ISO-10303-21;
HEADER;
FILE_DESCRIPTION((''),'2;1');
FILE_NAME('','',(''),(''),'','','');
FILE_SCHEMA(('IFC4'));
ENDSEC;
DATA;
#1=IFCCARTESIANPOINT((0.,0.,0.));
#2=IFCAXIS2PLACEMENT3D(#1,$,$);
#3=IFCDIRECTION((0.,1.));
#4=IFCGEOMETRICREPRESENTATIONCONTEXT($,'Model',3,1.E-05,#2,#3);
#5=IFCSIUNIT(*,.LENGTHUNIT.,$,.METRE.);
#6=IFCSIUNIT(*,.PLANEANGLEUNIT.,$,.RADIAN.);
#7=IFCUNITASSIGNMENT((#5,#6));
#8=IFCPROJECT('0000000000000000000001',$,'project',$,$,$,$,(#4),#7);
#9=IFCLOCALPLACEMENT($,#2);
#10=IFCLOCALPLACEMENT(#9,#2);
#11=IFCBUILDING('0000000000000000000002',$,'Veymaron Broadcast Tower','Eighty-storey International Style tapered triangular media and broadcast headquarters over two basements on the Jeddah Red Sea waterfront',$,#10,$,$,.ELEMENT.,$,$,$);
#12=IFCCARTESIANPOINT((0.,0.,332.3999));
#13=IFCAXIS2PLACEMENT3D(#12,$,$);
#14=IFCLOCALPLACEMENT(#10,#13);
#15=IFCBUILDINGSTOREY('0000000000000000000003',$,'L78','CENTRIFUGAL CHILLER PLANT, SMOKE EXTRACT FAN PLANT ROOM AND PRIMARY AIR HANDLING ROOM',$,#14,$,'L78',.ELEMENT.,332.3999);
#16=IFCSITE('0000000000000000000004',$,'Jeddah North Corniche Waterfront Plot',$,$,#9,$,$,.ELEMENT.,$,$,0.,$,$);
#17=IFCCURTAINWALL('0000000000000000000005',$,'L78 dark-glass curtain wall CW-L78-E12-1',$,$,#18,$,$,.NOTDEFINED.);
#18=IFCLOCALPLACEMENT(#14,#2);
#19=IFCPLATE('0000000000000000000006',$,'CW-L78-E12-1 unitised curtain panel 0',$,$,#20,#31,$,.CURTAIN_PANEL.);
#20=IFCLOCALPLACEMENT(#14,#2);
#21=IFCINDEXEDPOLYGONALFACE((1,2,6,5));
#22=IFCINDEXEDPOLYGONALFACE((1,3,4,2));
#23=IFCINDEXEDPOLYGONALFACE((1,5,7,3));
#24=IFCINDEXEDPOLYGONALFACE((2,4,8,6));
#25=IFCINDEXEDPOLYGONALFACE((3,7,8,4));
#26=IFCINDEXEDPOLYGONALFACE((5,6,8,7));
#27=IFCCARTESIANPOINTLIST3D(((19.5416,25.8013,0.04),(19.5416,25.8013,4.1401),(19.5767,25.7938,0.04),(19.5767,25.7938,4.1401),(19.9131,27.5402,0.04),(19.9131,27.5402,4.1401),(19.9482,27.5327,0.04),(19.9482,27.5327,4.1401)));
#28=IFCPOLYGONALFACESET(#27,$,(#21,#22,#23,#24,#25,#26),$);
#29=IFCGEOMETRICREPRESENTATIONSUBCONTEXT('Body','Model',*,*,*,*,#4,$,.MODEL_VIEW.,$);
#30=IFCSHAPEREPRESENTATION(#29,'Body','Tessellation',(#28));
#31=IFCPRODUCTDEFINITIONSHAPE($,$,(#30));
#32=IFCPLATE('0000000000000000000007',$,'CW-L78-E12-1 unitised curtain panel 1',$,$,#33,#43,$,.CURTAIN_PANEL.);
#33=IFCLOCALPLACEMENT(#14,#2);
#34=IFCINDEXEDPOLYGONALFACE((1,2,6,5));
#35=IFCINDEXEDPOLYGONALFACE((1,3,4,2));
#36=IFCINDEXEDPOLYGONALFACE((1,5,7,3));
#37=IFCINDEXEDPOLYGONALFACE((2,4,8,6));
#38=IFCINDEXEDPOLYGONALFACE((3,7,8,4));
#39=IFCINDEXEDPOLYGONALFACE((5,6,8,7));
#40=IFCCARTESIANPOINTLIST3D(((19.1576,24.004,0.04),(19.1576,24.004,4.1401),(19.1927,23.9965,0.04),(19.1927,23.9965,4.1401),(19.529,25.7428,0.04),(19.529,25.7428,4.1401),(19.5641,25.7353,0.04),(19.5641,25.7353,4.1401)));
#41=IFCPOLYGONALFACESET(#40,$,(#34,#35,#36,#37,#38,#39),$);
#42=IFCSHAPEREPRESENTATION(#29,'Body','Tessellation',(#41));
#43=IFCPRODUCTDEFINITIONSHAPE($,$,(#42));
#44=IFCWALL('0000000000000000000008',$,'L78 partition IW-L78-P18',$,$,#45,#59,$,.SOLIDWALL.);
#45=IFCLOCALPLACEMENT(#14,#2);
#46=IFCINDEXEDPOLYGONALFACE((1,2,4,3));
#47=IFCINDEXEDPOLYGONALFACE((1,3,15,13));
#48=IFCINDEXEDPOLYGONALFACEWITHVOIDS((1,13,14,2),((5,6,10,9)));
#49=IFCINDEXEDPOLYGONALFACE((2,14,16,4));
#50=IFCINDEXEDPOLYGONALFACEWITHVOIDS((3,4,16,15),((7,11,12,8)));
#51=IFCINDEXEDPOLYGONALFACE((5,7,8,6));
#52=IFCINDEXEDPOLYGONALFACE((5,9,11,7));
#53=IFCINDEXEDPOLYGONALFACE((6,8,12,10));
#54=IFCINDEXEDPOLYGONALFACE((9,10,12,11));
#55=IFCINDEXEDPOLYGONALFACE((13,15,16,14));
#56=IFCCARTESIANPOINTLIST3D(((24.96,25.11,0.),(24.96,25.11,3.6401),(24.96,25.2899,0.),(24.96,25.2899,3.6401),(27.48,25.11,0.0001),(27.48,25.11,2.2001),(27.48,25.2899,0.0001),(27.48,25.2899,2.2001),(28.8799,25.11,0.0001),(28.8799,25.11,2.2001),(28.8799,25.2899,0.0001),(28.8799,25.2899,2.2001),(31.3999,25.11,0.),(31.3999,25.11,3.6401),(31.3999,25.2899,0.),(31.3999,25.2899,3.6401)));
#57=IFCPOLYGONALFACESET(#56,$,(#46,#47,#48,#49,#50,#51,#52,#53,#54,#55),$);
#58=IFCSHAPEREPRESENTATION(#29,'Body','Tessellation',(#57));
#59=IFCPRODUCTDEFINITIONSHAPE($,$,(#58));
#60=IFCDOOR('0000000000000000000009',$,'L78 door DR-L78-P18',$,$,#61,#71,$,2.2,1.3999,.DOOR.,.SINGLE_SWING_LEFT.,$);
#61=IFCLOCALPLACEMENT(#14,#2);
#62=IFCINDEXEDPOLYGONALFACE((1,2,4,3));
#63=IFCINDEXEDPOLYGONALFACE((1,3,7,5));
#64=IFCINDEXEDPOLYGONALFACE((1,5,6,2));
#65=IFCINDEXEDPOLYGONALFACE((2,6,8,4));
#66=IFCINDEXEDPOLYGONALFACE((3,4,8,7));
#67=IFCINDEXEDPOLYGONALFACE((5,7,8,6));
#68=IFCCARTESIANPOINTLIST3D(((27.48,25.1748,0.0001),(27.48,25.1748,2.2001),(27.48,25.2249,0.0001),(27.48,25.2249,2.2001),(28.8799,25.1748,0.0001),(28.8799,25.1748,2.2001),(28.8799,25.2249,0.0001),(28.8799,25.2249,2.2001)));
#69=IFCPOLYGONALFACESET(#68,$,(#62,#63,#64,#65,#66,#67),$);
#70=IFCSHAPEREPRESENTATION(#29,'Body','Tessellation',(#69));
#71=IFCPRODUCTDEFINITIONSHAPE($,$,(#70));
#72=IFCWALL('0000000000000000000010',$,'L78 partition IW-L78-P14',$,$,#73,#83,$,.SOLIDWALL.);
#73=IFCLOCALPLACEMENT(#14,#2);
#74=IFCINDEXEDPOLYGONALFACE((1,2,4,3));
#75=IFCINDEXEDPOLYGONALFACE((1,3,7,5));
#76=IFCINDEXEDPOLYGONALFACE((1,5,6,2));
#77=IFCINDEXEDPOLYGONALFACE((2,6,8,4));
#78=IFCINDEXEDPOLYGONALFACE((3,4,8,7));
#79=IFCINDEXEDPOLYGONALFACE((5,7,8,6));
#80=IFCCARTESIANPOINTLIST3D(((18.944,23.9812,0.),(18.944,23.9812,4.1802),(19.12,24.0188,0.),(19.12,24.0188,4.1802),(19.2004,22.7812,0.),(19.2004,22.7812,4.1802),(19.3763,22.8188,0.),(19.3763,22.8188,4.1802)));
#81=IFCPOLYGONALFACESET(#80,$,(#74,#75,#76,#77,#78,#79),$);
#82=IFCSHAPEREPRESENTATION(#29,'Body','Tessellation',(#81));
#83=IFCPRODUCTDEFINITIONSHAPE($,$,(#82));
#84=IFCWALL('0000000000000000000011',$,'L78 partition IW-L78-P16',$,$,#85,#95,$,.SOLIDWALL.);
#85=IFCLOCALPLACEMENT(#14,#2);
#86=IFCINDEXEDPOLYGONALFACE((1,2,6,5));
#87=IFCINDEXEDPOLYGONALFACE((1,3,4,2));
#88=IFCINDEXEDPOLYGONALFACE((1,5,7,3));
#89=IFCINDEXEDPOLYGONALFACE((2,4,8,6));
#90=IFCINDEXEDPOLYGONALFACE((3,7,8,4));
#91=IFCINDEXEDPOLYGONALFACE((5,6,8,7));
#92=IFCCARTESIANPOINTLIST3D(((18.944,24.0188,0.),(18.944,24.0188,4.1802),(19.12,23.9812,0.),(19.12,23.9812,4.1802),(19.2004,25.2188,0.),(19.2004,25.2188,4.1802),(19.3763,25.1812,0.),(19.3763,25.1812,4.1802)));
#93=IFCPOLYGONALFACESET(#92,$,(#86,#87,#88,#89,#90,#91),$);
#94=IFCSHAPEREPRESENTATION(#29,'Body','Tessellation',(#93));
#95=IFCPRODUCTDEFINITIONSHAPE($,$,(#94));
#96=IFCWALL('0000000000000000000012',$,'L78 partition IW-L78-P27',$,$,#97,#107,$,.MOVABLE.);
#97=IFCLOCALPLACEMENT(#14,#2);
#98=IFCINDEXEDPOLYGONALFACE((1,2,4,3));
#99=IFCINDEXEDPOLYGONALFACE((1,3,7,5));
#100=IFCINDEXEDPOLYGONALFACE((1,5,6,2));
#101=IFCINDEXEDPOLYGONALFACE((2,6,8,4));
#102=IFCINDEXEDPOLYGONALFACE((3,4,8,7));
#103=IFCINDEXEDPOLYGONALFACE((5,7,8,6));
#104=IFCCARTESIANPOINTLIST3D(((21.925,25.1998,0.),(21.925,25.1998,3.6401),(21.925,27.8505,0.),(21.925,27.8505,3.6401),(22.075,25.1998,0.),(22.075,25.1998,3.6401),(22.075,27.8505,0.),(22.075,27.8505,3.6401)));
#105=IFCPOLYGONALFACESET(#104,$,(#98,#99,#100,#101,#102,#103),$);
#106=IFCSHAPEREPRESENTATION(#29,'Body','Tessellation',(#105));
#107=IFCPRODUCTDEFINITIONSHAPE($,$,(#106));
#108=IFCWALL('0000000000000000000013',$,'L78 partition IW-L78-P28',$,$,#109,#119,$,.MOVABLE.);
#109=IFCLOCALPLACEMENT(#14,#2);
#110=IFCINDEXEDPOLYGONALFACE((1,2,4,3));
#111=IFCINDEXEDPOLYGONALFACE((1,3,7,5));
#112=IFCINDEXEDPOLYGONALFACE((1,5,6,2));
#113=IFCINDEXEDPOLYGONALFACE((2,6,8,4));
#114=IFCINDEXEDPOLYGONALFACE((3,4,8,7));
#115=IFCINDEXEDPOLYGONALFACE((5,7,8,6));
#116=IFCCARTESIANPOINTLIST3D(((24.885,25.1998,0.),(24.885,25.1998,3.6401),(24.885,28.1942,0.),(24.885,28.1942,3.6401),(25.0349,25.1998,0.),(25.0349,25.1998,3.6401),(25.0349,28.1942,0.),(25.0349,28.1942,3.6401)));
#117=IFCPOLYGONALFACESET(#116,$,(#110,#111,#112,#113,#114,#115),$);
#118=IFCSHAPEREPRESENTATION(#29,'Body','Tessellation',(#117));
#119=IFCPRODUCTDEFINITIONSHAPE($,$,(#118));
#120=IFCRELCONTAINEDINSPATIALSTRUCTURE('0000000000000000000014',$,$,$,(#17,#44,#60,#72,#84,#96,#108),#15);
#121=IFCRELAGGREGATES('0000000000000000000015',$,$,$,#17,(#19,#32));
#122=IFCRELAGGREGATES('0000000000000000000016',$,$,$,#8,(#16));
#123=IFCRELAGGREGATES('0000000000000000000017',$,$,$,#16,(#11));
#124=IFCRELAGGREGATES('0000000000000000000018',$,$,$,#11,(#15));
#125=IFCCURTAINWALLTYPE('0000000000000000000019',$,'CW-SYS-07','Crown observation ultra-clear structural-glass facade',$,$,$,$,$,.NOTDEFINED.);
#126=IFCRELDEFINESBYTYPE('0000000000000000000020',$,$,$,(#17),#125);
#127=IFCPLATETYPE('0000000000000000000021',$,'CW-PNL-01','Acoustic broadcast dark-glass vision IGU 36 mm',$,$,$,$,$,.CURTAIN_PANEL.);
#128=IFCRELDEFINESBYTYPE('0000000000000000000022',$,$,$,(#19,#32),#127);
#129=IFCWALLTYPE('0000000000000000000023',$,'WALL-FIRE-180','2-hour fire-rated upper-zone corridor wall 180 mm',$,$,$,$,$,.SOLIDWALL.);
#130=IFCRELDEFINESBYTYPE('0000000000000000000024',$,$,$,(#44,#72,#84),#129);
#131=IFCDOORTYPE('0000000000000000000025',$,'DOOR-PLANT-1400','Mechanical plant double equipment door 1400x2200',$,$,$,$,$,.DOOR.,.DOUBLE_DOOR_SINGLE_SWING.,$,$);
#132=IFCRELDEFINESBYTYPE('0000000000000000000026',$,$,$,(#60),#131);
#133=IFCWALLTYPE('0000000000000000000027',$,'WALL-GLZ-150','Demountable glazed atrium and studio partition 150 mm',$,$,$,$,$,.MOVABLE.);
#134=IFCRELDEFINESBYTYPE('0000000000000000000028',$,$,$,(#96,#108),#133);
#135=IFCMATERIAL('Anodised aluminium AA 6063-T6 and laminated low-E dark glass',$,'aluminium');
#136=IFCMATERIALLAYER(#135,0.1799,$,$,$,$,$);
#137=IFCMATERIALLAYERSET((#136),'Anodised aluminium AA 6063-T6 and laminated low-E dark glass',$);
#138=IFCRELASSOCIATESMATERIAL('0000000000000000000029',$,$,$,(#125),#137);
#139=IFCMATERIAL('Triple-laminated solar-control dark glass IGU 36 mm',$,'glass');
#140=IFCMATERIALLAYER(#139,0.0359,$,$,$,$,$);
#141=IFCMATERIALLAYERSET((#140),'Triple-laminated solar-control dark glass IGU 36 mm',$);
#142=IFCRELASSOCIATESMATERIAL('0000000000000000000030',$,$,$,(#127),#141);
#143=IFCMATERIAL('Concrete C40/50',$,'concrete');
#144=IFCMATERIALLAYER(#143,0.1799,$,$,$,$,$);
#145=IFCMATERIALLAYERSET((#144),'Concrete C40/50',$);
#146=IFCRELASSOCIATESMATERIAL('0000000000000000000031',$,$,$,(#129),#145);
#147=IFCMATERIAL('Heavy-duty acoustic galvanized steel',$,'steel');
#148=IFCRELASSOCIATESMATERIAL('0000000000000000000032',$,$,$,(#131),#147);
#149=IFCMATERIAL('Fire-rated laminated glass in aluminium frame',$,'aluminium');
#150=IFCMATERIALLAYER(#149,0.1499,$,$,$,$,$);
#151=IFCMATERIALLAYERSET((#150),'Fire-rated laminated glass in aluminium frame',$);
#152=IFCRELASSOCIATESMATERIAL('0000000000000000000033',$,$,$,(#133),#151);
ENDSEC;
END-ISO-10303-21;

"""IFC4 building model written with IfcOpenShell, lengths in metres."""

from ifc_helpers import new_model, si_unit, direction, frame, frame_2d, origin, origin_2d, place, context, subcontext, project, spatial, rectangle, extrude, material, layer, layer_set, type_object, element, fill, aggregate, save


model = new_model("IFC4")

# Units and contexts
model_context = context("Model", 3, precision=1e-05, world=origin(), true_north=direction((0.0, 1.0)))
body_context = subcontext(model_context, "Body", "Model", "MODEL_VIEW")
ifc_project = project(units=[si_unit("LENGTHUNIT", "METRE"), si_unit("PLANEANGLEUNIT", "RADIAN")], contexts=[model_context])

# Site, building, storey
site_placement = place(None, origin())
site = spatial("IfcSite", under=ifc_project, at=site_placement, Name="Jeddah North Corniche Waterfront Plot", CompositionType="ELEMENT", RefElevation=0.0)
building_placement = place(site_placement, origin())
building = spatial("IfcBuilding", under=site, at=building_placement, Name="Veymaron Broadcast Tower", Description="Eighty-storey International Style tapered triangular media and broadcast headquarters over two basements on the Jeddah Red Sea waterfront", CompositionType="ELEMENT")
storey_placement = place(building_placement, frame((0.0, 0.0, 332.3999)))
storey = spatial("IfcBuildingStorey", under=building, at=storey_placement, Name="L78", Description="CENTRIFUGAL CHILLER PLANT, SMOKE EXTRACT FAN PLANT ROOM AND PRIMARY AIR HANDLING ROOM", LongName="L78", CompositionType="ELEMENT", Elevation=332.3999)

# Shared definitions
ifc_material_1 = material(Name="Anodised aluminium AA 6063-T6 and laminated low-E dark glass", Category="aluminium")
ifc_layer_1 = layer(ifc_material_1, 0.1799)
ifc_layer_set_1 = layer_set([ifc_layer_1], Name="Anodised aluminium AA 6063-T6 and laminated low-E dark glass")
curtain_wall_type = type_object("IfcCurtainWallType", Name="CW-SYS-07", Description="Crown observation ultra-clear structural-glass facade", PredefinedType="NOTDEFINED", material=ifc_layer_set_1)

# Curtain wall
curtain_wall_1_placement = place(storey_placement, origin())
curtain_wall_1 = element("IfcCurtainWall", 1, at=curtain_wall_1_placement, inside=storey, type_object=curtain_wall_type, Name="L78 dark-glass curtain wall CW-L78-E12-1", PredefinedType="NOTDEFINED")

# Plates
ifc_material_2 = material(Name="Triple-laminated solar-control dark glass IGU 36 mm", Category="glass")
ifc_layer_2 = layer(ifc_material_2, 0.0359)
ifc_layer_set_2 = layer_set([ifc_layer_2], Name="Triple-laminated solar-control dark glass IGU 36 mm")
plate_type = type_object("IfcPlateType", Name="CW-PNL-01", Description="Acoustic broadcast dark-glass vision IGU 36 mm", PredefinedType="CURTAIN_PANEL", material=ifc_layer_set_2)
plate_1_placement = place(storey_placement, frame((19.7449, 26.667, 0.04), z_axis=(0.0, 0.0, 1.0), x_axis=(-0.208919, -0.977933, 0.0)))
plate_1 = element("IfcPlate", 2, at=plate_1_placement, type_object=plate_type, Name="CW-L78-E12-1 unitised curtain panel 0", PredefinedType="CURTAIN_PANEL", context=body_context, shape_type="SweptSolid", body=[
    extrude(rectangle(XDim=1.7781, YDim=0.0359, at=origin_2d()), origin(), (0.0, 0.0, 1.0), 4.1001),
])
plate_2_placement = place(storey_placement, frame((19.3608, 24.8696, 0.04), z_axis=(0.0, 0.0, 1.0), x_axis=(-0.208919, -0.977933, 0.0)))
plate_2 = element("IfcPlate", 3, at=plate_2_placement, type_object=plate_type, Name="CW-L78-E12-1 unitised curtain panel 1", PredefinedType="CURTAIN_PANEL", context=body_context, shape_type="SweptSolid", body=[
    extrude(rectangle(XDim=1.7781, YDim=0.0359, at=origin_2d()), origin(), (0.0, 0.0, 1.0), 4.1001),
])
aggregate(curtain_wall_1, [plate_1, plate_2])

# Wall, opening, door
ifc_material_3 = material(Name="Concrete C40/50", Category="concrete")
ifc_layer_3 = layer(ifc_material_3, 0.1799)
ifc_layer_set_3 = layer_set([ifc_layer_3], Name="Concrete C40/50")
wall_type_1 = type_object("IfcWallType", Name="WALL-FIRE-180", Description="2-hour fire-rated upper-zone corridor wall 180 mm", PredefinedType="SOLIDWALL", material=ifc_layer_set_3)
wall_1_placement = place(storey_placement, frame((24.96, 25.2, 0.0), z_axis=(0.0, 0.0, 1.0), x_axis=(1.0, 0.0, 0.0)))
wall_1 = element("IfcWall", 4, at=wall_1_placement, inside=storey, type_object=wall_type_1, Name="L78 partition IW-L78-P18", PredefinedType="SOLIDWALL", context=body_context, shape_type="SweptSolid", body=[
    extrude(rectangle(XDim=6.4399, YDim=0.1799, at=frame_2d((3.22, 0.0))), origin(), (0.0, 0.0, 1.0), 3.6401),
])
opening_1_placement = place(wall_1_placement, frame((2.52, 0.0, 0.0)))
opening_1 = element("IfcOpeningElement", 5, at=opening_1_placement, cuts=wall_1, PredefinedType="OPENING", context=body_context, shape_type="SweptSolid", body=[
    extrude(rectangle(XDim=1.3999, YDim=2.2, at=frame_2d((0.7, 1.1001))), frame((0.0, 0.1001, 0.0), z_axis=(0.0, -1.0, 0.0), x_axis=(1.0, 0.0, 0.0)), (0.0, 0.0, 1.0), 0.2),
])
ifc_material_4 = material(Name="Heavy-duty acoustic galvanized steel", Category="steel")
door_type_1 = type_object("IfcDoorType", Name="DOOR-PLANT-1400", Description="Mechanical plant double equipment door 1400x2200", OperationType="DOUBLE_DOOR_SINGLE_SWING", PredefinedType="DOOR", material=ifc_material_4)
door_1_placement = place(opening_1_placement, origin())
door_1 = element("IfcDoor", 6, at=door_1_placement, inside=storey, type_object=door_type_1, Name="L78 door DR-L78-P18", OperationType="SINGLE_SWING_LEFT", OverallHeight=2.2, OverallWidth=1.3999, PredefinedType="DOOR", context=body_context, shape_type="SweptSolid", body=[
    extrude(rectangle(XDim=1.3999, YDim=2.2, at=frame_2d((0.7, 1.1001))), frame((0.0, 0.0249, 0.0), z_axis=(0.0, -1.0, 0.0), x_axis=(1.0, 0.0, 0.0)), (0.0, 0.0, 1.0), 0.05),
])
fill(opening_1, door_1)

# Walls
for number, where, z_axis, x_axis, name in (
    (7, (19.032, 24.0, 0.0), (0.0, 0.0, 1.0), (0.208918, -0.977933, 0.0), "L78 partition IW-L78-P14"),
    (8, (19.032, 24.0, 0.0), (0.0, 0.0, 1.0), (0.208918, 0.977933, 0.0), "L78 partition IW-L78-P16"),
):
    element("IfcWall", number, at=place(storey_placement, frame(where, z_axis=z_axis, x_axis=x_axis)), inside=storey, type_object=wall_type_1, Name=name, PredefinedType="SOLIDWALL", context=body_context, shape_type="SweptSolid", body=[
        extrude(rectangle(XDim=1.2271, YDim=0.1799, at=frame_2d((0.6135, 0.0))), origin(), (0.0, 0.0, 1.0), 4.1802),
    ])
ifc_material_5 = material(Name="Fire-rated laminated glass in aluminium frame", Category="aluminium")
ifc_layer_4 = layer(ifc_material_5, 0.1499)
ifc_layer_set_4 = layer_set([ifc_layer_4], Name="Fire-rated laminated glass in aluminium frame")
wall_type_2 = type_object("IfcWallType", Name="WALL-GLZ-150", Description="Demountable glazed atrium and studio partition 150 mm", PredefinedType="MOVABLE", material=ifc_layer_set_4)
wall_2_placement = place(storey_placement, frame((22.0, 25.2, 0.0), z_axis=(0.0, 0.0, 1.0), x_axis=(0.0, 1.0, 0.0)))
element("IfcWall", 9, at=wall_2_placement, inside=storey, type_object=wall_type_2, Name="L78 partition IW-L78-P27", PredefinedType="MOVABLE", context=body_context, shape_type="SweptSolid", body=[
    extrude(rectangle(XDim=2.6506, YDim=0.1499, at=frame_2d((1.3252, 0.0))), origin(), (0.0, 0.0, 1.0), 3.6401),
])
wall_3_placement = place(storey_placement, frame((24.96, 25.2, 0.0), z_axis=(0.0, 0.0, 1.0), x_axis=(0.0, 1.0, 0.0)))
element("IfcWall", 10, at=wall_3_placement, inside=storey, type_object=wall_type_2, Name="L78 partition IW-L78-P28", PredefinedType="MOVABLE", context=body_context, shape_type="SweptSolid", body=[
    extrude(rectangle(XDim=2.9944, YDim=0.1499, at=frame_2d((1.4971, 0.0))), origin(), (0.0, 0.0, 1.0), 3.6401),
])

save(model, "model.ifc")
